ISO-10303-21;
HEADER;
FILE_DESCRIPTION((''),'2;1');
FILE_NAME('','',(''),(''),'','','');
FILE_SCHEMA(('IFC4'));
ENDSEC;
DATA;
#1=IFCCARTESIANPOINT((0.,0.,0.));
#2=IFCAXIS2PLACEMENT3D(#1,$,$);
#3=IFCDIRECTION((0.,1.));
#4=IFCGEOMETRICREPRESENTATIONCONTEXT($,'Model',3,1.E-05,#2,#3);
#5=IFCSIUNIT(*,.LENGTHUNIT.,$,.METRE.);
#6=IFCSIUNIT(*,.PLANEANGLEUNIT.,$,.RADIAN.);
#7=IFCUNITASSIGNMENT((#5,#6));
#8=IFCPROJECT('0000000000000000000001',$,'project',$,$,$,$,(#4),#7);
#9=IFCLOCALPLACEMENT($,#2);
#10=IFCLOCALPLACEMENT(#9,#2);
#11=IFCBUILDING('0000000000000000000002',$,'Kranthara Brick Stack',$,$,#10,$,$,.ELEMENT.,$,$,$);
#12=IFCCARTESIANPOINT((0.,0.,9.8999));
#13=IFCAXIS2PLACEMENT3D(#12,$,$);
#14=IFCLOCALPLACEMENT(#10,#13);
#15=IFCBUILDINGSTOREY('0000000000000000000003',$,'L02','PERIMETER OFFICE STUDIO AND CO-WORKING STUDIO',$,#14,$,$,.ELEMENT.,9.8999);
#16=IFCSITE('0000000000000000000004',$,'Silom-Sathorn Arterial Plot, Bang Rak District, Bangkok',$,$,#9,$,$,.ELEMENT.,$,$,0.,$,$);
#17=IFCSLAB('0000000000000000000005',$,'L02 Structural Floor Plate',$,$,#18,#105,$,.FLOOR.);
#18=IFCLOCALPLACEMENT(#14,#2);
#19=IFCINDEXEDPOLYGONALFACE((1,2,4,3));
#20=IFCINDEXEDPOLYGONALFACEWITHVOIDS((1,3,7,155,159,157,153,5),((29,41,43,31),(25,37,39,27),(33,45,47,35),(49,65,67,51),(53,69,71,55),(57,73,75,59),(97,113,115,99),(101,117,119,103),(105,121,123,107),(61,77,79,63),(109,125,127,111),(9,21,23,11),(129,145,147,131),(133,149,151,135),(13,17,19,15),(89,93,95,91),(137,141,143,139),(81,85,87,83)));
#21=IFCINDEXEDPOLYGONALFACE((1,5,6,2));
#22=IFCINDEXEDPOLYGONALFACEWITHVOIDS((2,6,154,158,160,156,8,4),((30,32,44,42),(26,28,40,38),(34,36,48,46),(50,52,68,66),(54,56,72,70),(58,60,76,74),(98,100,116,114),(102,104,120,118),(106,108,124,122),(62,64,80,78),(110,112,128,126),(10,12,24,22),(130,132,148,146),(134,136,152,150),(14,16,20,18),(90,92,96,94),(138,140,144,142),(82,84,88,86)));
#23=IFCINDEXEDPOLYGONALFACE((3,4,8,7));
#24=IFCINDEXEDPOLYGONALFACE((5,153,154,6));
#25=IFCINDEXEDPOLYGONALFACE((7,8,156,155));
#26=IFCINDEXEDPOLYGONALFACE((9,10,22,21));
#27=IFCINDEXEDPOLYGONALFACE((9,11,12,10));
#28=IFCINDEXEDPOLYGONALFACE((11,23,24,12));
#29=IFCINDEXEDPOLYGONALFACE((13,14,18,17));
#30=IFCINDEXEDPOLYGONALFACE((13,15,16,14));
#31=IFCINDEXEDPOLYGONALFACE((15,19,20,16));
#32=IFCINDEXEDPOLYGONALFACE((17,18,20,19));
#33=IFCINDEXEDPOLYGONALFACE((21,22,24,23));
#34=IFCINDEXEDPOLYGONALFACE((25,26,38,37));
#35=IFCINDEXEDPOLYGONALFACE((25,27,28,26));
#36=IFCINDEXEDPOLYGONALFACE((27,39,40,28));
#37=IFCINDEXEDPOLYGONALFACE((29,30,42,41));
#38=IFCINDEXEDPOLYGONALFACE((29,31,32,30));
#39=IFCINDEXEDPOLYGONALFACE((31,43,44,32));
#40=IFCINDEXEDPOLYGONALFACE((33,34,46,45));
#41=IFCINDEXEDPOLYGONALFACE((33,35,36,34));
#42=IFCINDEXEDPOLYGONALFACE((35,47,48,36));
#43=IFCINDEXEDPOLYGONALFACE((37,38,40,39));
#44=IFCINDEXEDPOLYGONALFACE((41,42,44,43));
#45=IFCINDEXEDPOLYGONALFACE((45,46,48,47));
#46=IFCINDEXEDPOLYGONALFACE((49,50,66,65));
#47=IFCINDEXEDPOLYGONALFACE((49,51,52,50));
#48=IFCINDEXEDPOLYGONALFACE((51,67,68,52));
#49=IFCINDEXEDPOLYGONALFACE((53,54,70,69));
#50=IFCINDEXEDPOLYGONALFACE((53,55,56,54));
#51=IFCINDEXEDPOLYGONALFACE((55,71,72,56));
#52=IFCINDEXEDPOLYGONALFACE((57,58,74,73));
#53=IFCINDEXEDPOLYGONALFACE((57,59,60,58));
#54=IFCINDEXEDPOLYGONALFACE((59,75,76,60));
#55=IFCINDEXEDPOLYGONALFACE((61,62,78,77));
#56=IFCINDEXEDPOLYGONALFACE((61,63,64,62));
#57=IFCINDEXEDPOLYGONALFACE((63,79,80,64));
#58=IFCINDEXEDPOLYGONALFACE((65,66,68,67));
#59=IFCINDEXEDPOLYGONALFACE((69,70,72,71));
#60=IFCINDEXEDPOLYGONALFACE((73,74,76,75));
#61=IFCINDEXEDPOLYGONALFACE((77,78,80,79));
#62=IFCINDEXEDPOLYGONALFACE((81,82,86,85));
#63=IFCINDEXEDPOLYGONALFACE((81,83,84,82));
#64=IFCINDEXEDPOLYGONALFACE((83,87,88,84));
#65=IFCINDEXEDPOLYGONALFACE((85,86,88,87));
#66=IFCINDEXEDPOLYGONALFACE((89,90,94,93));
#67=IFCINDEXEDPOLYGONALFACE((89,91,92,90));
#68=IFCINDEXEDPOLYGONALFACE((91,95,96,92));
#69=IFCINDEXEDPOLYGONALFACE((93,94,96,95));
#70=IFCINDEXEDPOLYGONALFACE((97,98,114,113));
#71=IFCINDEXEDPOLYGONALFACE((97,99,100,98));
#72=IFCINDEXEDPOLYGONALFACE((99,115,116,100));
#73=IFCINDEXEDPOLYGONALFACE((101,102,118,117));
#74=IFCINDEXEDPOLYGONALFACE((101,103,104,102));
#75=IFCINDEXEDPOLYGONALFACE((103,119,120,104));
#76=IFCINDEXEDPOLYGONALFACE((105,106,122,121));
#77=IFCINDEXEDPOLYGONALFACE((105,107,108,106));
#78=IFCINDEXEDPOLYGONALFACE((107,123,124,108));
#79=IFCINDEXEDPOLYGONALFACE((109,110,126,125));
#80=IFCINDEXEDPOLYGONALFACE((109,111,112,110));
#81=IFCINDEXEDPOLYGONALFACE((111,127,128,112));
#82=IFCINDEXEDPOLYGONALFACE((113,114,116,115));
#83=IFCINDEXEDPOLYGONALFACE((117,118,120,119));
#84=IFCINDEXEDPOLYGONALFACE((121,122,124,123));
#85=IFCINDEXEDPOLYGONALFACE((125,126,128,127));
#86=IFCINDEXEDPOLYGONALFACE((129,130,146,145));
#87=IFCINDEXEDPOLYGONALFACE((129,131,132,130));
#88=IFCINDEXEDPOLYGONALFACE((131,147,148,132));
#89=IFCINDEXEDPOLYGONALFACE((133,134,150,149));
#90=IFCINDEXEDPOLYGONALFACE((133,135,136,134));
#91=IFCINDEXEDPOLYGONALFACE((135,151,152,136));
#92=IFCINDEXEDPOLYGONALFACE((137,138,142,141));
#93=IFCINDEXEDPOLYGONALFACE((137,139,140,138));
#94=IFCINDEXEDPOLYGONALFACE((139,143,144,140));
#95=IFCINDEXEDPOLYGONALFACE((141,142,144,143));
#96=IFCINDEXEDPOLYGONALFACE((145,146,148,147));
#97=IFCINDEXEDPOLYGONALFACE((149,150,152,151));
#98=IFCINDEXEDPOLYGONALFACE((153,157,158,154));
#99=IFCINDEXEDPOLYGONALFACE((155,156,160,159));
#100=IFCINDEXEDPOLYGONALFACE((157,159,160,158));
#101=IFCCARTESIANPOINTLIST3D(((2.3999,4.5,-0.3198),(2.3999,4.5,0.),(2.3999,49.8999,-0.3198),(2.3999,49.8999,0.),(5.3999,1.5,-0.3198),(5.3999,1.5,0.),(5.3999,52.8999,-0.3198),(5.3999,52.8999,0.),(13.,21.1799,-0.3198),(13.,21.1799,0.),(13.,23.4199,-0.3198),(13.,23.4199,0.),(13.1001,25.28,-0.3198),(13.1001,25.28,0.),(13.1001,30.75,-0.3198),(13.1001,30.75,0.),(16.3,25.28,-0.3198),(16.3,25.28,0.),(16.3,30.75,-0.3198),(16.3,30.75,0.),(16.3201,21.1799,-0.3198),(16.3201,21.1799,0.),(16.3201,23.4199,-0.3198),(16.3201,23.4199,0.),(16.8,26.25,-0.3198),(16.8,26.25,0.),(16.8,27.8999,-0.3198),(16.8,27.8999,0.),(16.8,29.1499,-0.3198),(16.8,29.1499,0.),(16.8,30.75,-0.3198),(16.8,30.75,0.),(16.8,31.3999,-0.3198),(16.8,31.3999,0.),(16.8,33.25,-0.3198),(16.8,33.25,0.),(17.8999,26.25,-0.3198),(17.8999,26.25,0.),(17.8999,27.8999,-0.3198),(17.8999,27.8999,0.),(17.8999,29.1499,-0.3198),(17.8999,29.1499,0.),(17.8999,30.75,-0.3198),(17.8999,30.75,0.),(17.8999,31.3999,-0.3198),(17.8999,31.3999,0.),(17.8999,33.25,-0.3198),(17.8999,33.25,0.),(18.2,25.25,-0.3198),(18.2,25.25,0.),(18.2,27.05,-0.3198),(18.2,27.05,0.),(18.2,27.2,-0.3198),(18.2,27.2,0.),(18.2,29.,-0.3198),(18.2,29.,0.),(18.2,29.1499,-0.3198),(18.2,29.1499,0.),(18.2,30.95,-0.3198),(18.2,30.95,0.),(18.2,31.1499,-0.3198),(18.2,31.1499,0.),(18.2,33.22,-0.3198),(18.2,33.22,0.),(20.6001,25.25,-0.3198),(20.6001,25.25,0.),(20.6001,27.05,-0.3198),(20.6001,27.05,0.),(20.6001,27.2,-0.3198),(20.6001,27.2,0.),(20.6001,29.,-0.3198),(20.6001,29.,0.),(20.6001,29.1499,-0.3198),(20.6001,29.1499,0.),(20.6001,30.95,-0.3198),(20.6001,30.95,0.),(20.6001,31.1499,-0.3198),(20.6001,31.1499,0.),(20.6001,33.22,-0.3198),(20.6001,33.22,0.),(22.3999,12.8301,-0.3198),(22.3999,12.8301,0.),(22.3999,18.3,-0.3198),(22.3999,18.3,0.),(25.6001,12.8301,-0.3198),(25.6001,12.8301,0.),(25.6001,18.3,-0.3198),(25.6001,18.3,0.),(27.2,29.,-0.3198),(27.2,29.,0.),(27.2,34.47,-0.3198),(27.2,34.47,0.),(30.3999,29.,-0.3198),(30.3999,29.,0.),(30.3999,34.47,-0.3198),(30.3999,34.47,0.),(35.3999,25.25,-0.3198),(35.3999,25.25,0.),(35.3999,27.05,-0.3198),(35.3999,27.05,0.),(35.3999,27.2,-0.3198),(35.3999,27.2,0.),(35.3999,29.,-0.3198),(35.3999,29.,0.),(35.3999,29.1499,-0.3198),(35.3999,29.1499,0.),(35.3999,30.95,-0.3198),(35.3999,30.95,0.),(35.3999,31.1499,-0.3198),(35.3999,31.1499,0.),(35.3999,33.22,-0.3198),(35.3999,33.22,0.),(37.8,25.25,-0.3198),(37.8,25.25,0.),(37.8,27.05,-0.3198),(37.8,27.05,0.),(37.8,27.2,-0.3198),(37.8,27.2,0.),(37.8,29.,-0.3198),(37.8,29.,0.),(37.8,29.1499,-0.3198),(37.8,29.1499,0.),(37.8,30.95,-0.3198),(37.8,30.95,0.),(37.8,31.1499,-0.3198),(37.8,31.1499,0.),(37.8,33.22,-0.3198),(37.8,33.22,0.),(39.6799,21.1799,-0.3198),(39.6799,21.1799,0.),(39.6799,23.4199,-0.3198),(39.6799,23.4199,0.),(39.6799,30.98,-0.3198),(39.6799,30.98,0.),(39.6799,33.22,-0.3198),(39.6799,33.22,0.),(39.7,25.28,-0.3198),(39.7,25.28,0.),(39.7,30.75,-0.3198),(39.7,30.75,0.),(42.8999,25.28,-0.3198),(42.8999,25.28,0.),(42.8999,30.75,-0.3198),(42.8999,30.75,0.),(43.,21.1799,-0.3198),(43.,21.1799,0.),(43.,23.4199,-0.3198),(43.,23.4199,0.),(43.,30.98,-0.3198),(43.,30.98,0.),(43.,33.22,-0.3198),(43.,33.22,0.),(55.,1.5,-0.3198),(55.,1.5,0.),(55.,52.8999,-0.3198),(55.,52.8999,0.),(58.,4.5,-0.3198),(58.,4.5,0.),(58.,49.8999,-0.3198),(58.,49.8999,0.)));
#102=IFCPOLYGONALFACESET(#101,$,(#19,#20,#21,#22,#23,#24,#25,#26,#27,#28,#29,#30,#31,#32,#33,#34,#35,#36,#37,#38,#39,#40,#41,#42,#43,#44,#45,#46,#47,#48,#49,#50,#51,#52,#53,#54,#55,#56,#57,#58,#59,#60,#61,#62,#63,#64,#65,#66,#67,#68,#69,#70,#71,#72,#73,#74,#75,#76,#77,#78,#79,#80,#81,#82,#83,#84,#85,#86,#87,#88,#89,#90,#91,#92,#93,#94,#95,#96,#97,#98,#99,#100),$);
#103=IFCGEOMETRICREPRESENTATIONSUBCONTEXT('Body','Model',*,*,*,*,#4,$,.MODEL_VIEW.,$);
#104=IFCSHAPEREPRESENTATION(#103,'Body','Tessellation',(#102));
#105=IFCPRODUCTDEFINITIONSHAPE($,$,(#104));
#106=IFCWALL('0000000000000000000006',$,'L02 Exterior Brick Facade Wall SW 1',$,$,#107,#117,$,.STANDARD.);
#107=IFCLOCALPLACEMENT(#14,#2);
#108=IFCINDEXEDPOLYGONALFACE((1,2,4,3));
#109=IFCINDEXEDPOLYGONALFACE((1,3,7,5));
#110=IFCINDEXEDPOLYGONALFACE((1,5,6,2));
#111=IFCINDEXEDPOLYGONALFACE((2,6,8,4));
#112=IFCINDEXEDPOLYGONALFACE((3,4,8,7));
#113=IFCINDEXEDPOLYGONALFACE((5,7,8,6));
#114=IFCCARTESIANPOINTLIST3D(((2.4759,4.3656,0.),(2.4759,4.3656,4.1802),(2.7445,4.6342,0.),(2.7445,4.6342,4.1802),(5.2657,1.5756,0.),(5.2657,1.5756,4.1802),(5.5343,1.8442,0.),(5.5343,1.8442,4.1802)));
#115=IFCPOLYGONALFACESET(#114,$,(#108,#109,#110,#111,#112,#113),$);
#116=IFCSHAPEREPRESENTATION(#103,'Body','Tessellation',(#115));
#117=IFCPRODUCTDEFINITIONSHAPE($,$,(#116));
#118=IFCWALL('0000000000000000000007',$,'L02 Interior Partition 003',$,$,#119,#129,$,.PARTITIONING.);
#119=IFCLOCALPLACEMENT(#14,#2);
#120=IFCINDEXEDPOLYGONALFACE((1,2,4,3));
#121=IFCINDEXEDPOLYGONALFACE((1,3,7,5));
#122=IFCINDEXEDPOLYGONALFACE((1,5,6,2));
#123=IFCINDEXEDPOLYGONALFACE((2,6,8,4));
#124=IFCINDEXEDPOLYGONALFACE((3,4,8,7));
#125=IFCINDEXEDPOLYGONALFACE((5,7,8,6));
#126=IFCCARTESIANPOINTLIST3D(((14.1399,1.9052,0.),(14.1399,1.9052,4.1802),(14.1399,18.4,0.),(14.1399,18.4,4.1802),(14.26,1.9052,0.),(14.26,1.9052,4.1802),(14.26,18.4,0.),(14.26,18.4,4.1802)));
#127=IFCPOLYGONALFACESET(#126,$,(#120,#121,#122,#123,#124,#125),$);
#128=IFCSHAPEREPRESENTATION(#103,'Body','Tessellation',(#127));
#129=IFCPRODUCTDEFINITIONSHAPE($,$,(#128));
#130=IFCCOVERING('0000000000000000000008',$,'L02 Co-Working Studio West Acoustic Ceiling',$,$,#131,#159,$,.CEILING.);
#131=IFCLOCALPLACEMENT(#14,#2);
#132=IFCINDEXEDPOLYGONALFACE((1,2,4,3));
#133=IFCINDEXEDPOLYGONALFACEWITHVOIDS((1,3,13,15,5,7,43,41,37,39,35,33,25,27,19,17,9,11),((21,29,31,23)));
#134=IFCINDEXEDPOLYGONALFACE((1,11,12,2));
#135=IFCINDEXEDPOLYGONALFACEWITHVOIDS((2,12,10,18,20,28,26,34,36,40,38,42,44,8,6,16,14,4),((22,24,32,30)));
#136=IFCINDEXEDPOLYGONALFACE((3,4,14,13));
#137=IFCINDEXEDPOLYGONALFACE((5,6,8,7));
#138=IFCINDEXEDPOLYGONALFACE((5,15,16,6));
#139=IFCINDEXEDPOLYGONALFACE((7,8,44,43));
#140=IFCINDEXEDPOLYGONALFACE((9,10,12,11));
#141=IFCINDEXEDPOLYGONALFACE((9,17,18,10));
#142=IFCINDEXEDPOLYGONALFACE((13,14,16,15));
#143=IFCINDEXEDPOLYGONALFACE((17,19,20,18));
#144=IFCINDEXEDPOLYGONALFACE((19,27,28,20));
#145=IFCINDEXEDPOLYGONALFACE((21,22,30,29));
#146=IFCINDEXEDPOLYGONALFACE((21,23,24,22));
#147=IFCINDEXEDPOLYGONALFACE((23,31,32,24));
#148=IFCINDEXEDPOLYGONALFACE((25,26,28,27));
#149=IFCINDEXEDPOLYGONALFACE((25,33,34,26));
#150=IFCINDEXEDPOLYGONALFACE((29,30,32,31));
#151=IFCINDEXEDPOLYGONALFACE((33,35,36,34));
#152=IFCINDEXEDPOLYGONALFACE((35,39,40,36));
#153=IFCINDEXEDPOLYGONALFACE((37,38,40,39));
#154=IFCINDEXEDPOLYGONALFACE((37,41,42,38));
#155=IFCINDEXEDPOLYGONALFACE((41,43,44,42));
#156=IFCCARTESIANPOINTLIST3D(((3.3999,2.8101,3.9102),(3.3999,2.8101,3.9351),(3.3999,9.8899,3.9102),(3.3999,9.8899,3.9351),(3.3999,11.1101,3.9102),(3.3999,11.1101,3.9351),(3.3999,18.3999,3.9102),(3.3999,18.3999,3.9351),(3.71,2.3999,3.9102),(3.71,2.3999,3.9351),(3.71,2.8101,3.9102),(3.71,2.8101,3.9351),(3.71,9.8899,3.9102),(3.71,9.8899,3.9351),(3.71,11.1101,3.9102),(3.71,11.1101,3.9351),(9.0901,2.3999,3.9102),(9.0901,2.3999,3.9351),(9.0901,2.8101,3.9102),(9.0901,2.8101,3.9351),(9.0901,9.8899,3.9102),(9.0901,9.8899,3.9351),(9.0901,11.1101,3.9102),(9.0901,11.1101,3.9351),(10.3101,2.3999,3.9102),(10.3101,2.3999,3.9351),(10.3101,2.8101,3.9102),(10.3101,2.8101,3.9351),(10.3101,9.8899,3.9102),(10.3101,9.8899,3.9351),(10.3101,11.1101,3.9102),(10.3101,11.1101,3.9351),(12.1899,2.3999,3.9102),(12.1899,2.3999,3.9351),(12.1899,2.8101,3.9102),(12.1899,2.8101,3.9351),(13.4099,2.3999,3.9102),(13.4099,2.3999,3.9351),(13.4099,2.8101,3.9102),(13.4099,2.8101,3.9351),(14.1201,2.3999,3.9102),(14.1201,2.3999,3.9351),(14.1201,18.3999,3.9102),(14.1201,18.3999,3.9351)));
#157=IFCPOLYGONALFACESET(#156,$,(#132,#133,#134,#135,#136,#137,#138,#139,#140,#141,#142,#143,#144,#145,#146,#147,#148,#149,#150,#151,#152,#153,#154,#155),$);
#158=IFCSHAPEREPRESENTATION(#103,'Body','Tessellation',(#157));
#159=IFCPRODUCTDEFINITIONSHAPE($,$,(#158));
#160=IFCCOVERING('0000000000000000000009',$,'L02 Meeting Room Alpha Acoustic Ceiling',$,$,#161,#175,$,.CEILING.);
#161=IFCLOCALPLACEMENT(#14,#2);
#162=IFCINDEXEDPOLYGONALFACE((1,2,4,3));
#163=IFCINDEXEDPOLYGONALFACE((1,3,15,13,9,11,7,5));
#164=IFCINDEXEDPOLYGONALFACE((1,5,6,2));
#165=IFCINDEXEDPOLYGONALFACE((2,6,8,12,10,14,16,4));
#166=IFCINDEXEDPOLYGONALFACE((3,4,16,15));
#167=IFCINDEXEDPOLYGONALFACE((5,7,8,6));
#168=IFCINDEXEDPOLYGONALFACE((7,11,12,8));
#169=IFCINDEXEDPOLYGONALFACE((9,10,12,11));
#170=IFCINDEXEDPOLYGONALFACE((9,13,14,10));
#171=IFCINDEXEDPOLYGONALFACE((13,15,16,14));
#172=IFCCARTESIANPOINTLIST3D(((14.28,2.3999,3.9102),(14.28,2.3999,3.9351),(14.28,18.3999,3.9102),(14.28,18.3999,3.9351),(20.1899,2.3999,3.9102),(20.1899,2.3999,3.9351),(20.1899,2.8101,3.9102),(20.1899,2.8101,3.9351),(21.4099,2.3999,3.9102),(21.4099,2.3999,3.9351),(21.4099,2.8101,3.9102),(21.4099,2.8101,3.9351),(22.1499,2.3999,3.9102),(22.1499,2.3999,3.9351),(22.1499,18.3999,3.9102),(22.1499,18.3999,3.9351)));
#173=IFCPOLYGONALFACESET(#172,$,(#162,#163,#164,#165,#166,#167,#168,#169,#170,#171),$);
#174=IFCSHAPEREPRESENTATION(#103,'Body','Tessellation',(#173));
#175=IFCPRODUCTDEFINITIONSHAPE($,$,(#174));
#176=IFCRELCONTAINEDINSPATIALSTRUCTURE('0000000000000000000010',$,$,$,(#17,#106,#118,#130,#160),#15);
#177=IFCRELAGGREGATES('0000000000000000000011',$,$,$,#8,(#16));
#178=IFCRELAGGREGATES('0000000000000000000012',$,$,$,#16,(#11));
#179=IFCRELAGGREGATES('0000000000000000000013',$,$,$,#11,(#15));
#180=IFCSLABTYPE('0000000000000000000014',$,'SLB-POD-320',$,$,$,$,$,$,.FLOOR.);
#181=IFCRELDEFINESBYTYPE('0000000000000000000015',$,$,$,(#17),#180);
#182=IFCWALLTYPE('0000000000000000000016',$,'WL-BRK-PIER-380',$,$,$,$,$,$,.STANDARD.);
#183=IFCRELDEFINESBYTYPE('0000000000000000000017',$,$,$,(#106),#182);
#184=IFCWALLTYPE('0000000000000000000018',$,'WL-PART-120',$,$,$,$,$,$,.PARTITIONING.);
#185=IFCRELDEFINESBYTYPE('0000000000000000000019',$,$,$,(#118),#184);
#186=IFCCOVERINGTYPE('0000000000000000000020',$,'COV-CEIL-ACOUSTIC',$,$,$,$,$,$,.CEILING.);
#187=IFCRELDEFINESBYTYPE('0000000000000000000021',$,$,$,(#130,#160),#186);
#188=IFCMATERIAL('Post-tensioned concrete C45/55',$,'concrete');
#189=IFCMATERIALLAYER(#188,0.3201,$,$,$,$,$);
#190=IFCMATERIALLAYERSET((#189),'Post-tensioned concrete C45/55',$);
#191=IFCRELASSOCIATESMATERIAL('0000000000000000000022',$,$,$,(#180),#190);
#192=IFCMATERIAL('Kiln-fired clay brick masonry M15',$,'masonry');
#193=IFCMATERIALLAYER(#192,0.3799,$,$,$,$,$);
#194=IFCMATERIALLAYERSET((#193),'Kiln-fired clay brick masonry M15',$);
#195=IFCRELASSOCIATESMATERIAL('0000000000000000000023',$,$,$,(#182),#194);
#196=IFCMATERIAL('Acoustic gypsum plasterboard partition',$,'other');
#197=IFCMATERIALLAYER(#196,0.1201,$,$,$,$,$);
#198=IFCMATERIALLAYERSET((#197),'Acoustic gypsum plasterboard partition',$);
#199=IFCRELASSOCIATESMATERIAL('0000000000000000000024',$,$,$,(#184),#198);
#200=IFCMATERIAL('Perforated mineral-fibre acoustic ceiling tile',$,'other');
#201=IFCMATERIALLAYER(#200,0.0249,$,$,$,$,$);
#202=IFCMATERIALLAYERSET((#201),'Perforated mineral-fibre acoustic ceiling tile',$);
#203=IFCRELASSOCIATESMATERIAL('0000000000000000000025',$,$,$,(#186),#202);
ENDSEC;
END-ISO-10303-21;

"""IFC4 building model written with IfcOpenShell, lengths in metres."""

from ifc_helpers import new_model, si_unit, direction, frame, frame_2d, origin, place, context, subcontext, project, spatial, polyline, rectangle, outline, extrude, material, layer, layer_set, type_object, element, save


model = new_model("IFC4")

# Units and contexts
model_context = context("Model", 3, precision=1e-05, world=origin(), true_north=direction((0.0, 1.0)))
body_context = subcontext(model_context, "Body", "Model", "MODEL_VIEW")
ifc_project = project(units=[si_unit("LENGTHUNIT", "METRE"), si_unit("PLANEANGLEUNIT", "RADIAN")], contexts=[model_context])

# Site, building, storey
site_placement = place(None, origin())
site = spatial("IfcSite", under=ifc_project, at=site_placement, Name="Silom-Sathorn Arterial Plot, Bang Rak District, Bangkok", CompositionType="ELEMENT", RefElevation=0.0)
building_placement = place(site_placement, origin())
building = spatial("IfcBuilding", under=site, at=building_placement, Name="Kranthara Brick Stack", CompositionType="ELEMENT")
storey_placement = place(building_placement, frame((0.0, 0.0, 9.8999)))
storey = spatial("IfcBuildingStorey", under=building, at=storey_placement, Name="L02", Description="PERIMETER OFFICE STUDIO AND CO-WORKING STUDIO", CompositionType="ELEMENT", Elevation=9.8999)

# Slab
ifc_material_1 = material(Name="Post-tensioned concrete C45/55", Category="concrete")
ifc_layer_1 = layer(ifc_material_1, 0.3201)
ifc_layer_set_1 = layer_set([ifc_layer_1], Name="Post-tensioned concrete C45/55")
slab_type_1 = type_object("IfcSlabType", Name="SLB-POD-320", PredefinedType="FLOOR", material=ifc_layer_set_1)
slab_1_placement = place(storey_placement, frame((0.0, 0.0, -0.3198)))
element("IfcSlab", 1, at=slab_1_placement, inside=storey, type_object=slab_type_1, Name="L02 Structural Floor Plate", PredefinedType="FLOOR", context=body_context, shape_type="SweptSolid", body=[
    extrude(outline(polyline([(5.3999, 1.5), (55.0, 1.5), (58.0, 4.5), (58.0, 49.8999), (55.0, 52.8999), (5.3999, 52.8999), (2.3999, 49.8999), (2.3999, 4.5), (5.3999, 1.5)]), holes=[polyline([(13.1001, 25.28), (16.3, 25.28), (16.3, 30.75), (13.1001, 30.75), (13.1001, 25.28)]), polyline([(39.7, 25.28), (42.8999, 25.28), (42.8999, 30.75), (39.7, 30.75), (39.7, 25.28)]), polyline([(22.3999, 12.8301), (25.6001, 12.8301), (25.6001, 18.3), (22.3999, 18.3), (22.3999, 12.8301)]), polyline([(27.2, 29.0), (30.3999, 29.0), (30.3999, 34.47), (27.2, 34.47), (27.2, 29.0)]), polyline([(13.0, 21.1799), (16.3201, 21.1799), (16.3201, 23.4199), (13.0, 23.4199), (13.0, 21.1799)]), polyline([(39.6799, 21.1799), (43.0, 21.1799), (43.0, 23.4199), (39.6799, 23.4199), (39.6799, 21.1799)]), polyline([(39.6799, 30.98), (43.0, 30.98), (43.0, 33.22), (39.6799, 33.22), (39.6799, 30.98)]), polyline([(18.2, 25.25), (20.6001, 25.25), (20.6001, 27.05), (18.2, 27.05), (18.2, 25.25)]), polyline([(18.2, 27.2), (20.6001, 27.2), (20.6001, 29.0), (18.2, 29.0), (18.2, 27.2)]), polyline([(18.2, 29.1499), (20.6001, 29.1499), (20.6001, 30.95), (18.2, 30.95), (18.2, 29.1499)]), polyline([(35.3999, 25.25), (37.8, 25.25), (37.8, 27.05), (35.3999, 27.05), (35.3999, 25.25)]), polyline([(35.3999, 27.2), (37.8, 27.2), (37.8, 29.0), (35.3999, 29.0), (35.3999, 27.2)]), polyline([(35.3999, 29.1499), (37.8, 29.1499), (37.8, 30.95), (35.3999, 30.95), (35.3999, 29.1499)]), polyline([(18.2, 31.1499), (20.6001, 31.1499), (20.6001, 33.22), (18.2, 33.22), (18.2, 31.1499)]), polyline([(35.3999, 31.1499), (37.8, 31.1499), (37.8, 33.22), (35.3999, 33.22), (35.3999, 31.1499)]), polyline([(16.8, 26.25), (17.8999, 26.25), (17.8999, 27.8999), (16.8, 27.8999), (16.8, 26.25)]), polyline([(16.8, 29.1499), (17.8999, 29.1499), (17.8999, 30.75), (16.8, 30.75), (16.8, 29.1499)]), polyline([(16.8, 31.3999), (17.8999, 31.3999), (17.8999, 33.25), (16.8, 33.25), (16.8, 31.3999)])]), origin(), (0.0, 0.0, 1.0), 0.3198),
])

# Walls
ifc_material_2 = material(Name="Kiln-fired clay brick masonry M15", Category="masonry")
ifc_layer_2 = layer(ifc_material_2, 0.3799)
ifc_layer_set_2 = layer_set([ifc_layer_2], Name="Kiln-fired clay brick masonry M15")
wall_type_1 = type_object("IfcWallType", Name="WL-BRK-PIER-380", PredefinedType="STANDARD", material=ifc_layer_set_2)
wall_1_placement = place(storey_placement, frame((5.3999, 1.71, 0.0), z_axis=(0.0, 0.0, 1.0), x_axis=(-0.707076, 0.707138, 0.0)))
element("IfcWall", 2, at=wall_1_placement, inside=storey, type_object=wall_type_1, Name="L02 Exterior Brick Facade Wall SW 1", PredefinedType="STANDARD", context=body_context, shape_type="SweptSolid", body=[
    extrude(rectangle(XDim=3.9456, YDim=0.3799, at=frame_2d((1.9727, 0.0))), origin(), (0.0, 0.0, 1.0), 4.1802),
])
ifc_material_3 = material(Name="Acoustic gypsum plasterboard partition", Category="other")
ifc_layer_3 = layer(ifc_material_3, 0.1201)
ifc_layer_set_3 = layer_set([ifc_layer_3], Name="Acoustic gypsum plasterboard partition")
wall_type_2 = type_object("IfcWallType", Name="WL-PART-120", PredefinedType="PARTITIONING", material=ifc_layer_set_3)
wall_2_placement = place(storey_placement, frame((14.2, 1.905, 0.0), z_axis=(0.0, 0.0, 1.0), x_axis=(0.0, 1.0, 0.0)))
element("IfcWall", 3, at=wall_2_placement, inside=storey, type_object=wall_type_2, Name="L02 Interior Partition 003", PredefinedType="PARTITIONING", context=body_context, shape_type="SweptSolid", body=[
    extrude(rectangle(XDim=16.4949, YDim=0.1201, at=frame_2d((8.2476, 0.0))), origin(), (0.0, 0.0, 1.0), 4.1802),
])

# Coverings
ifc_material_4 = material(Name="Perforated mineral-fibre acoustic ceiling tile", Category="other")
ifc_layer_4 = layer(ifc_material_4, 0.0249)
ifc_layer_set_4 = layer_set([ifc_layer_4], Name="Perforated mineral-fibre acoustic ceiling tile")
covering_type_1 = type_object("IfcCoveringType", Name="COV-CEIL-ACOUSTIC", PredefinedType="CEILING", material=ifc_layer_set_4)
covering_1_placement = place(storey_placement, frame((0.0, 0.0, 3.9102)))
element("IfcCovering", 4, at=covering_1_placement, inside=storey, type_object=covering_type_1, Name="L02 Co-Working Studio West Acoustic Ceiling", PredefinedType="CEILING", context=body_context, shape_type="SweptSolid", body=[
    extrude(outline(polyline([(13.4099, 2.8101), (12.1899, 2.8101), (12.1899, 2.3999), (10.3101, 2.3999), (10.3101, 2.8101), (9.0901, 2.8101), (9.0901, 2.3999), (3.71, 2.3999), (3.71, 2.8101), (3.3999, 2.8101), (3.3999, 9.8899), (3.71, 9.8899), (3.71, 11.1101), (3.3999, 11.1101), (3.3999, 18.3999), (14.1201, 18.3999), (14.1201, 2.3999), (13.4099, 2.3999), (13.4099, 2.8101)]), holes=[polyline([(10.3101, 11.1101), (9.0901, 11.1101), (9.0901, 9.8899), (10.3101, 9.8899), (10.3101, 11.1101)])]), origin(), (0.0, 0.0, 1.0), 0.0249),
])
covering_2_placement = place(storey_placement, frame((0.0, 0.0, 3.9102)))
element("IfcCovering", 5, at=covering_2_placement, inside=storey, type_object=covering_type_1, Name="L02 Meeting Room Alpha Acoustic Ceiling", PredefinedType="CEILING", context=body_context, shape_type="SweptSolid", body=[
    extrude(outline(polyline([(14.28, 2.3999), (14.28, 18.3999), (22.1499, 18.3999), (22.1499, 2.3999), (21.4099, 2.3999), (21.4099, 2.8101), (20.1899, 2.8101), (20.1899, 2.3999), (14.28, 2.3999)])), origin(), (0.0, 0.0, 1.0), 0.0249),
])

save(model, "model.ifc")
